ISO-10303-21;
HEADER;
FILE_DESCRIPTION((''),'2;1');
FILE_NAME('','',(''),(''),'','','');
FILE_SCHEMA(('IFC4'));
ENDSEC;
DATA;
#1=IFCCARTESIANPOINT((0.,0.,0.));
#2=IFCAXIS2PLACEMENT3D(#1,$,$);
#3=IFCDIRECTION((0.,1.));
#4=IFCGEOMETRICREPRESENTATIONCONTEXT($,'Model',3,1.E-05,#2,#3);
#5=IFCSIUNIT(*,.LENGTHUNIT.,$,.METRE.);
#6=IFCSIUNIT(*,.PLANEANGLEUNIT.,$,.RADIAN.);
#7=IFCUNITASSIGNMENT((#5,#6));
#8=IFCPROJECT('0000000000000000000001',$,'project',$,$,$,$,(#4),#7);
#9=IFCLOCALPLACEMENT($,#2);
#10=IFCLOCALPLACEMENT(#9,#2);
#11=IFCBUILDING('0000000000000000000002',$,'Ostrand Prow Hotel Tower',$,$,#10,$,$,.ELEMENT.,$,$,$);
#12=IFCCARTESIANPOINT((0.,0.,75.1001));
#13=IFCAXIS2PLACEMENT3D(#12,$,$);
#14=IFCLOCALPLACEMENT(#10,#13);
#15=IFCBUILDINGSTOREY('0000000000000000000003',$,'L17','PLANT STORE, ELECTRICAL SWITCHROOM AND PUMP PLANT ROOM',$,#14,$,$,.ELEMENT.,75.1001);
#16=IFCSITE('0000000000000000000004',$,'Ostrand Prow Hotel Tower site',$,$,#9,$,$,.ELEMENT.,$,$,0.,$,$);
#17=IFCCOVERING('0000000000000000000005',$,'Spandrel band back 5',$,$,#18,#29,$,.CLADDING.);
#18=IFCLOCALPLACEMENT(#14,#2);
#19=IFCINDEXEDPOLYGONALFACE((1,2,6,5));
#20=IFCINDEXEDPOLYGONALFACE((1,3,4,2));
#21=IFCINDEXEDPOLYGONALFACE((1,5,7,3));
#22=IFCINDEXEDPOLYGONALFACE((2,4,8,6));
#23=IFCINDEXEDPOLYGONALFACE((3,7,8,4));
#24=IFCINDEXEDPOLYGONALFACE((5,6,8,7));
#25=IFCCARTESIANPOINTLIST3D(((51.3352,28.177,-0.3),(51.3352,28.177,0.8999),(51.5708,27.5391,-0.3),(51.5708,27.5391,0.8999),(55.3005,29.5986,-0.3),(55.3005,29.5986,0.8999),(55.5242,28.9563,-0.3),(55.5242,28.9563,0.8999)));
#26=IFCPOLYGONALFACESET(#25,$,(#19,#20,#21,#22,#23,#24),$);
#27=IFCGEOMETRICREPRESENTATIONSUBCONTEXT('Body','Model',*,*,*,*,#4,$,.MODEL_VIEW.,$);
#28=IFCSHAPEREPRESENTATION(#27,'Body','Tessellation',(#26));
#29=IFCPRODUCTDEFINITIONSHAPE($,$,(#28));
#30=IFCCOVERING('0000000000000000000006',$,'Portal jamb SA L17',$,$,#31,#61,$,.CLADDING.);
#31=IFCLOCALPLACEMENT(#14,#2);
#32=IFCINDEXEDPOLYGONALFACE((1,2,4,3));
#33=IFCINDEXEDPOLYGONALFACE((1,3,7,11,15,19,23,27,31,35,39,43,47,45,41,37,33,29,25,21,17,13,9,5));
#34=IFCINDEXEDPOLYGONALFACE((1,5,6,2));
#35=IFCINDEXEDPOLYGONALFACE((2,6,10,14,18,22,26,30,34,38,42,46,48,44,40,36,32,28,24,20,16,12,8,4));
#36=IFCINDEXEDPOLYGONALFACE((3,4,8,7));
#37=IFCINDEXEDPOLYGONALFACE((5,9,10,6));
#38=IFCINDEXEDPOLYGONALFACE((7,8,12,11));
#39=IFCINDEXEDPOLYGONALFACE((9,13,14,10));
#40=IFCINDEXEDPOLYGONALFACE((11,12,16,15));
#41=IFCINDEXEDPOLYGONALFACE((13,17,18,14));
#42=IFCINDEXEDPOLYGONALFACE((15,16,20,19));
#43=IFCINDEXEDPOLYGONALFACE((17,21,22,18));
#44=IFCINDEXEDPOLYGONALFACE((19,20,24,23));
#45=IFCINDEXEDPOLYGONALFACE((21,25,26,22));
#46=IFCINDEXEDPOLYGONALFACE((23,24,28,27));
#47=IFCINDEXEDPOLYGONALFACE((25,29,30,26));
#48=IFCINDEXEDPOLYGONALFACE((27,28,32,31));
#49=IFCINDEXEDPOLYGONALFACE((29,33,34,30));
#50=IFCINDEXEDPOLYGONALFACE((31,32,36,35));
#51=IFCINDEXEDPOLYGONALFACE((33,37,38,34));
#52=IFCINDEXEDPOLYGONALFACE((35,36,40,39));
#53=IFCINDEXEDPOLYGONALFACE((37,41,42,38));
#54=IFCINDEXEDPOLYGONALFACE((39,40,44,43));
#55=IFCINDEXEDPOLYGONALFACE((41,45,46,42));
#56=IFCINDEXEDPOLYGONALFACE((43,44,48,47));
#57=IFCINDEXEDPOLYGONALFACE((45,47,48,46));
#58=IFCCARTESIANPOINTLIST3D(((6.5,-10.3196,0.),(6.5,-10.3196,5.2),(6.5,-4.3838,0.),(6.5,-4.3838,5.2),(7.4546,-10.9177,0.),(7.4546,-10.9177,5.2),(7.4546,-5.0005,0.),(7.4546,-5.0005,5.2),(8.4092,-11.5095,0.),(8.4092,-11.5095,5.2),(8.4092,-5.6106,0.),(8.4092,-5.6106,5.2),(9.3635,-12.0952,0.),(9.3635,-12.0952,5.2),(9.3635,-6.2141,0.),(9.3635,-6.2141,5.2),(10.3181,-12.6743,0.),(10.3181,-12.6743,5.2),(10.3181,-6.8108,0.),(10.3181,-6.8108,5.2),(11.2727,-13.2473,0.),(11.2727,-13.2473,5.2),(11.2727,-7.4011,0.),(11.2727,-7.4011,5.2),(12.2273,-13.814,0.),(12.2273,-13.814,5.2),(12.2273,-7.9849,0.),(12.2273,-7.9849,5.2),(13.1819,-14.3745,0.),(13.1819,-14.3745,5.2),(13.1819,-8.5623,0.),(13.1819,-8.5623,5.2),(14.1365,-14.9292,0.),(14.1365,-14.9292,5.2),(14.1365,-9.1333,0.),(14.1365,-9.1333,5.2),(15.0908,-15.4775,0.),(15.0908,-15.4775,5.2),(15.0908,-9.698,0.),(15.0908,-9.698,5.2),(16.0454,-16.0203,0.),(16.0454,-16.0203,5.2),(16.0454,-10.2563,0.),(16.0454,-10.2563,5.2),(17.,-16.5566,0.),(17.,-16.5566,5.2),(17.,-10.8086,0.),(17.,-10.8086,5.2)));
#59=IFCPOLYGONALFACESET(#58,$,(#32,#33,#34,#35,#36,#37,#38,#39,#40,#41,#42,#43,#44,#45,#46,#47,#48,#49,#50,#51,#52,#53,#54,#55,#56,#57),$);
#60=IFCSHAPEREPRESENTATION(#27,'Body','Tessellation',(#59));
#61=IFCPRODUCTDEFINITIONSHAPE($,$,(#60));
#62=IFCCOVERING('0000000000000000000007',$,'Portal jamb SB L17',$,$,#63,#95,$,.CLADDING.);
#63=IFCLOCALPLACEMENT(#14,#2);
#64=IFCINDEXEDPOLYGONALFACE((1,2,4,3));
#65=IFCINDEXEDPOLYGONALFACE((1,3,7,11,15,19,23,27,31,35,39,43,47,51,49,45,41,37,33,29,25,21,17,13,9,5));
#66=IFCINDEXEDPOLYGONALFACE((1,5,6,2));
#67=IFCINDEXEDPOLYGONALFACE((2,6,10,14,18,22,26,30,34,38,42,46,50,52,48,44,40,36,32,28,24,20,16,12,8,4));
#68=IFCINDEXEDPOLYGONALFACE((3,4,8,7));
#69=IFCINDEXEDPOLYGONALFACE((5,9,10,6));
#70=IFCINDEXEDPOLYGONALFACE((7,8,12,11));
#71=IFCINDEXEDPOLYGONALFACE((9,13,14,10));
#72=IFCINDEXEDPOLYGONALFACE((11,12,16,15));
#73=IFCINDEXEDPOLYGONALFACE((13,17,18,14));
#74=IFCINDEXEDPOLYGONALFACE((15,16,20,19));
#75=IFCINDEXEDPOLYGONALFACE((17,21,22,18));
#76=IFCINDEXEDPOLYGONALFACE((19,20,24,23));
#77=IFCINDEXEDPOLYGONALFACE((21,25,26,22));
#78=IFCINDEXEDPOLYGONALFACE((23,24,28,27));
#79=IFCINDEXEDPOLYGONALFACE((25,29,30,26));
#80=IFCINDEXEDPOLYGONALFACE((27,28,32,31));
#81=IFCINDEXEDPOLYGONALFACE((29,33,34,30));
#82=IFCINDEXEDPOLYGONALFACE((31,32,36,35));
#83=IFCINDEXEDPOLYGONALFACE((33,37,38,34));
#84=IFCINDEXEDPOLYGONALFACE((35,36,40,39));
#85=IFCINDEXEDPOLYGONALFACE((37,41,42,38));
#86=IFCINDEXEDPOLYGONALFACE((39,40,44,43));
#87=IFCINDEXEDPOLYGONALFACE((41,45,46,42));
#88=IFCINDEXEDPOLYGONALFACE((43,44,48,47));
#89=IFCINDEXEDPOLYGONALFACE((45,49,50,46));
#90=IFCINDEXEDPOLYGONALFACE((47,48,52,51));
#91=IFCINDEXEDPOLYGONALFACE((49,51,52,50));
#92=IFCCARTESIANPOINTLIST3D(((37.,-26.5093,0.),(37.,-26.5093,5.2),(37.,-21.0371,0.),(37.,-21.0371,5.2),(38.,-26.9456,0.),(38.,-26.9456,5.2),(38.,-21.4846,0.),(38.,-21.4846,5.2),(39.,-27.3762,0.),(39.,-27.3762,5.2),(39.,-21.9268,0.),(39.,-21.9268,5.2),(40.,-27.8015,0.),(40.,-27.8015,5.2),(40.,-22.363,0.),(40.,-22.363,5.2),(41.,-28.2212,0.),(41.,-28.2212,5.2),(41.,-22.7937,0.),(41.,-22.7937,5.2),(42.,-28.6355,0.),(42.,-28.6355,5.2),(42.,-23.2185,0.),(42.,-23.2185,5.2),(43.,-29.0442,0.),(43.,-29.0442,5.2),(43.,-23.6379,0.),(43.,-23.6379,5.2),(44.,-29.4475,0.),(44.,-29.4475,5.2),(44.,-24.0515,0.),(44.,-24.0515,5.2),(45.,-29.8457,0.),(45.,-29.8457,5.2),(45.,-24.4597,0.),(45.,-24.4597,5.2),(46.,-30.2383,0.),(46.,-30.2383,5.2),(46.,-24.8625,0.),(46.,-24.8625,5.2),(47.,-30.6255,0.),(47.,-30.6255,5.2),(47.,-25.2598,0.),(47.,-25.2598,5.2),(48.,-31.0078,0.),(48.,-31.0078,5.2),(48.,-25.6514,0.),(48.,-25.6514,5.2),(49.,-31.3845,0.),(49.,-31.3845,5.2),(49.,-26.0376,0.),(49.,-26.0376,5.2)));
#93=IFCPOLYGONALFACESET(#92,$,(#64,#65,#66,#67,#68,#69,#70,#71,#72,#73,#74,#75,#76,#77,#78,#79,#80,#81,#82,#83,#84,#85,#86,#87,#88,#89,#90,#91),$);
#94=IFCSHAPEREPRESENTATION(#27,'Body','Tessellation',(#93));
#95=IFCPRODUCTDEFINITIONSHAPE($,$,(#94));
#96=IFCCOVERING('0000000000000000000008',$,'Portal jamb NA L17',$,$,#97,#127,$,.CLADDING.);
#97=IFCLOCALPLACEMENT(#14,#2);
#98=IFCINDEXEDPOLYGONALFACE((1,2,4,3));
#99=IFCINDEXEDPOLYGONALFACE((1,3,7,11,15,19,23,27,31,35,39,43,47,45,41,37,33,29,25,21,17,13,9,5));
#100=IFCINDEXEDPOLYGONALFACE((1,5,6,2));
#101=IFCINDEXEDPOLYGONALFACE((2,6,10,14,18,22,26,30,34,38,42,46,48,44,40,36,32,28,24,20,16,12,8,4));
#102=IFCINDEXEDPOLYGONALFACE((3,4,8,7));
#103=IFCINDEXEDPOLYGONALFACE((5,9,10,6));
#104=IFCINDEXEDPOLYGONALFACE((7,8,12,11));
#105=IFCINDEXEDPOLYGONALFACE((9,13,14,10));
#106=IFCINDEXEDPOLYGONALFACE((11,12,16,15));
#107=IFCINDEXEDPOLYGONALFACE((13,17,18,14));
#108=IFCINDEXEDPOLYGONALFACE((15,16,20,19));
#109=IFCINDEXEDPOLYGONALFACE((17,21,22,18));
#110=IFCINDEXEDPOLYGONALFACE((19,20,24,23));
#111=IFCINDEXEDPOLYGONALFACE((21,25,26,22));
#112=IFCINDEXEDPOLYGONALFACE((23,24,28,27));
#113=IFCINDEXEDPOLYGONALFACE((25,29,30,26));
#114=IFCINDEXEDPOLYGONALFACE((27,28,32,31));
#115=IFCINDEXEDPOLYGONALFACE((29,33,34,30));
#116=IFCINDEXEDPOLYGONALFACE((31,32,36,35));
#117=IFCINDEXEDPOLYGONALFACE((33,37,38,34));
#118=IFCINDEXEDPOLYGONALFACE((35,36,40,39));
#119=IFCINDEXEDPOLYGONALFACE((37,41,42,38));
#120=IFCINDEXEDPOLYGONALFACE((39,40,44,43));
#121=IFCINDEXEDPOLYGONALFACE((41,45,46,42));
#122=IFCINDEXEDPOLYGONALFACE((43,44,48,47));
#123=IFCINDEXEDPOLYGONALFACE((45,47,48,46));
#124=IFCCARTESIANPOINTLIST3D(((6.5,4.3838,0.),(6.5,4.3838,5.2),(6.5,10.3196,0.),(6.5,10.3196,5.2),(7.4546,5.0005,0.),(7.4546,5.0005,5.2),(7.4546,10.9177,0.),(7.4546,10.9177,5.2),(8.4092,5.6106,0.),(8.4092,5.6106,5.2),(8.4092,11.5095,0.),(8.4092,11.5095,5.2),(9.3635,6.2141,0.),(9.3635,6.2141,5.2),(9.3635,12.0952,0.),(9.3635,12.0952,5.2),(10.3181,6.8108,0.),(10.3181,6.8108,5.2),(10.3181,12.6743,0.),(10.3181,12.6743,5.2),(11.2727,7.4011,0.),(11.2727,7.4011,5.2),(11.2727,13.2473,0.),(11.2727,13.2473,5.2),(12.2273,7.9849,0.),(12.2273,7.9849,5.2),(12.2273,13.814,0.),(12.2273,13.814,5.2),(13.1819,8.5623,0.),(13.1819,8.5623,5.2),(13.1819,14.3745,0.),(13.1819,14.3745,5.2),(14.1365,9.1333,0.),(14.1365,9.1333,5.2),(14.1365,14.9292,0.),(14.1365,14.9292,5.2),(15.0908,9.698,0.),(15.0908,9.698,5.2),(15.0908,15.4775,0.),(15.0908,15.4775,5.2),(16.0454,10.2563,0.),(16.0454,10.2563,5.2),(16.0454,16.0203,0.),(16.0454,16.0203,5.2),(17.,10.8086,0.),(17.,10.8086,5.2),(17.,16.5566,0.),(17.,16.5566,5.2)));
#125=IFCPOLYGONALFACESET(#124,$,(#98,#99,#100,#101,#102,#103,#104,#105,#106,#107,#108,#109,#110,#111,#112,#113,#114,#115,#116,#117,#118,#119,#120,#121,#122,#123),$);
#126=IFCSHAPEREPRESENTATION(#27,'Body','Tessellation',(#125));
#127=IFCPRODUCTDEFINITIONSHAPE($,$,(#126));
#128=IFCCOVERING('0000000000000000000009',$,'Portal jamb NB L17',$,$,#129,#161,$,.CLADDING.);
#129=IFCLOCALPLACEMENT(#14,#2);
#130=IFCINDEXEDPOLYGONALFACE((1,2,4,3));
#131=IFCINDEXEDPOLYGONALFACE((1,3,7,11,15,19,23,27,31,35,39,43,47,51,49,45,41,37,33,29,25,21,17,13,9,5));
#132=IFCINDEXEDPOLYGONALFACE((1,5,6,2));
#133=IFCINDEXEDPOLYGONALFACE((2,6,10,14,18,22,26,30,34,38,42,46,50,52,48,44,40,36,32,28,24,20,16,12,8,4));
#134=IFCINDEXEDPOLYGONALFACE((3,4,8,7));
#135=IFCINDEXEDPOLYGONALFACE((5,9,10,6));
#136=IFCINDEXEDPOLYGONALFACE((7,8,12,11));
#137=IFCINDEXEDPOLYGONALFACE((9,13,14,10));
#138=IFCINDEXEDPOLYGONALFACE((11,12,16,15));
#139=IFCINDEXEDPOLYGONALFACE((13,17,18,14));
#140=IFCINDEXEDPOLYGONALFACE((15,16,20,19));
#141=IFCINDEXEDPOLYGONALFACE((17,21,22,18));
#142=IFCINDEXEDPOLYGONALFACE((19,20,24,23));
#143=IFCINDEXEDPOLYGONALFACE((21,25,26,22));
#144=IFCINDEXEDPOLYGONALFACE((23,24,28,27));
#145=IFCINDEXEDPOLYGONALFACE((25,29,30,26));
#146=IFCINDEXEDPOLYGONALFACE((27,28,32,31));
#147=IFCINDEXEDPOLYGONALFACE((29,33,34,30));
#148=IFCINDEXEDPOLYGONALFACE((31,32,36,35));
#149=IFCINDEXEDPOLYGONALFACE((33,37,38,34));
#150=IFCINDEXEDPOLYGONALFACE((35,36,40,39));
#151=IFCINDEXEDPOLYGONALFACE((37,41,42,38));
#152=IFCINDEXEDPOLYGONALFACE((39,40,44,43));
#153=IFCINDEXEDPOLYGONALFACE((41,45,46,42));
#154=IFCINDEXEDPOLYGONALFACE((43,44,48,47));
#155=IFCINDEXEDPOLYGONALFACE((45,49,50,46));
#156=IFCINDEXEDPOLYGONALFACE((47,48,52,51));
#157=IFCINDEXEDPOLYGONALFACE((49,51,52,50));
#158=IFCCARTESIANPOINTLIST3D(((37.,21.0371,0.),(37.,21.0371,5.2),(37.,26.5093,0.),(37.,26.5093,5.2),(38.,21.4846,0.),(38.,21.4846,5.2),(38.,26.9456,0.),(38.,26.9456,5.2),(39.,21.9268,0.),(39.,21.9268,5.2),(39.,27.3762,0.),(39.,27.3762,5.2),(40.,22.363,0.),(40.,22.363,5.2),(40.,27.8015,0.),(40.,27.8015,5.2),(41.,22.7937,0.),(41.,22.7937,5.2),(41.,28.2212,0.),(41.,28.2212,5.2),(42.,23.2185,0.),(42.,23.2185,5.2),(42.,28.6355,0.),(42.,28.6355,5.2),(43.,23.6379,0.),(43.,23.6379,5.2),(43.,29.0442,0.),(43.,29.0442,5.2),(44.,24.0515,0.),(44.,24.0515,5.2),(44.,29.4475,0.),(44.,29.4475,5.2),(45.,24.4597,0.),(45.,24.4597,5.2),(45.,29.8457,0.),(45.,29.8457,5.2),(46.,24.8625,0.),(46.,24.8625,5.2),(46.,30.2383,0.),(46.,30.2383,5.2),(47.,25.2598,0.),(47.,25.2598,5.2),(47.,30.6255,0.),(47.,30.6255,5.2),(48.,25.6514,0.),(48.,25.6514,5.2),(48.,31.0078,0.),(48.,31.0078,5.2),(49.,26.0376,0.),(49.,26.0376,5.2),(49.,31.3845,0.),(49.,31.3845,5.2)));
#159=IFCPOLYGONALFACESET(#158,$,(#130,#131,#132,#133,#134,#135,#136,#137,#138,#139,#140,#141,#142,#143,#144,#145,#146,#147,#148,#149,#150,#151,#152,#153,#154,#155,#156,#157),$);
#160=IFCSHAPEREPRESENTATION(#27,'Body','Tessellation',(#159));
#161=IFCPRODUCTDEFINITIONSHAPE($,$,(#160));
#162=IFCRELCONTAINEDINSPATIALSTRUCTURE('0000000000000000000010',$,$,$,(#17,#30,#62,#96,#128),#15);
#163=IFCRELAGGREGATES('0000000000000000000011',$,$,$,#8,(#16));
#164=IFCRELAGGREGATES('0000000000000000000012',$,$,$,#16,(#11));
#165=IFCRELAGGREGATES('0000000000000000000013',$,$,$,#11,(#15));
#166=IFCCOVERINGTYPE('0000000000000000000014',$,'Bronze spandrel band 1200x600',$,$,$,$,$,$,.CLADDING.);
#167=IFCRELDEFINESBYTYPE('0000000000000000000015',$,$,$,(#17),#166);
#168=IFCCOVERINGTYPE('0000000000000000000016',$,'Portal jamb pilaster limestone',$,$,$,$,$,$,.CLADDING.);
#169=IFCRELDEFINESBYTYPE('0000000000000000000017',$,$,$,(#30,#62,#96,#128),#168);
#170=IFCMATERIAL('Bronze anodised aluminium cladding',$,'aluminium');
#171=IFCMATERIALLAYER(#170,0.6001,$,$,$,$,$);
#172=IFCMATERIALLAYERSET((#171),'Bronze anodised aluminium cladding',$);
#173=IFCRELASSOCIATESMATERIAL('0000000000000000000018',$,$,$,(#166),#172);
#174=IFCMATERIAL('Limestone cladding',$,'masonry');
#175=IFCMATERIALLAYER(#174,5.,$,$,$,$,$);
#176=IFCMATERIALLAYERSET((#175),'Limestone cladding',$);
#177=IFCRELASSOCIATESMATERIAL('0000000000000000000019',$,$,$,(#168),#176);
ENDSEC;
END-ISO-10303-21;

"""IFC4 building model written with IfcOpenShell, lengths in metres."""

from ifc_helpers import new_model, si_unit, direction, frame, origin, place, context, subcontext, project, spatial, polyline, outline, extrude, material, layer, layer_set, type_object, element, save


model = new_model("IFC4")

# Units and contexts
model_context = context("Model", 3, precision=1e-05, world=origin(), true_north=direction((0.0, 1.0)))
body_context = subcontext(model_context, "Body", "Model", "MODEL_VIEW")
ifc_project = project(units=[si_unit("LENGTHUNIT", "METRE"), si_unit("PLANEANGLEUNIT", "RADIAN")], contexts=[model_context])

# Site, building, storey
site_placement = place(None, origin())
site = spatial("IfcSite", under=ifc_project, at=site_placement, Name="Ostrand Prow Hotel Tower site", CompositionType="ELEMENT", RefElevation=0.0)
building_placement = place(site_placement, origin())
building = spatial("IfcBuilding", under=site, at=building_placement, Name="Ostrand Prow Hotel Tower", CompositionType="ELEMENT")
storey_placement = place(building_placement, frame((0.0, 0.0, 75.1001)))
storey = spatial("IfcBuildingStorey", under=building, at=storey_placement, Name="L17", Description="PLANT STORE, ELECTRICAL SWITCHROOM AND PUMP PLANT ROOM", CompositionType="ELEMENT", Elevation=75.1001)

# Coverings
ifc_material_1 = material(Name="Bronze anodised aluminium cladding", Category="aluminium")
ifc_layer_1 = layer(ifc_material_1, 0.6001)
ifc_layer_set_1 = layer_set([ifc_layer_1], Name="Bronze anodised aluminium cladding")
covering_type_1 = type_object("IfcCoveringType", Name="Bronze spandrel band 1200x600", PredefinedType="CLADDING", material=ifc_layer_set_1)
covering_1_placement = place(storey_placement, frame((0.0, 0.0, -0.3)))
element("IfcCovering", 1, at=covering_1_placement, inside=storey, type_object=covering_type_1, Name="Spandrel band back 5", PredefinedType="CLADDING", context=body_context, shape_type="SweptSolid", body=[
    extrude(outline(polyline([(55.3005, 29.5986), (51.3352, 28.177), (51.5708, 27.5391), (55.5242, 28.9563), (55.3005, 29.5986)])), origin(), (0.0, 0.0, 1.0), 1.2),
])
ifc_material_2 = material(Name="Limestone cladding", Category="masonry")
ifc_layer_2 = layer(ifc_material_2, 5.0)
ifc_layer_set_2 = layer_set([ifc_layer_2], Name="Limestone cladding")
covering_type_2 = type_object("IfcCoveringType", Name="Portal jamb pilaster limestone", PredefinedType="CLADDING", material=ifc_layer_set_2)
covering_2_placement = place(storey_placement, origin())
element("IfcCovering", 2, at=covering_2_placement, inside=storey, type_object=covering_type_2, Name="Portal jamb SA L17", PredefinedType="CLADDING", context=body_context, shape_type="SweptSolid", body=[
    extrude(outline(polyline([(6.5, -4.3838), (6.5, -10.3196), (7.4546, -10.9177), (8.4092, -11.5095), (9.3635, -12.0952), (10.3181, -12.6743), (11.2727, -13.2473), (12.2273, -13.814), (13.1819, -14.3745), (14.1365, -14.9292), (15.0908, -15.4775), (16.0454, -16.0203), (17.0, -16.5566), (17.0, -10.8086), (16.0454, -10.2563), (15.0908, -9.698), (14.1365, -9.1333), (13.1819, -8.5623), (12.2273, -7.9849), (11.2727, -7.4011), (10.3181, -6.8108), (9.3635, -6.2141), (8.4092, -5.6106), (7.4546, -5.0005), (6.5, -4.3838)])), origin(), (0.0, 0.0, 1.0), 5.2),
])
covering_3_placement = place(storey_placement, origin())
element("IfcCovering", 3, at=covering_3_placement, inside=storey, type_object=covering_type_2, Name="Portal jamb SB L17", PredefinedType="CLADDING", context=body_context, shape_type="SweptSolid", body=[
    extrude(outline(polyline([(37.0, -21.0371), (37.0, -26.5093), (38.0, -26.9456), (39.0, -27.3762), (40.0, -27.8015), (41.0, -28.2212), (42.0, -28.6355), (43.0, -29.0442), (44.0, -29.4475), (45.0, -29.8457), (46.0, -30.2383), (47.0, -30.6255), (48.0, -31.0078), (49.0, -31.3845), (49.0, -26.0376), (48.0, -25.6514), (47.0, -25.2598), (46.0, -24.8625), (45.0, -24.4597), (44.0, -24.0515), (43.0, -23.6379), (42.0, -23.2185), (41.0, -22.7937), (40.0, -22.363), (39.0, -21.9268), (38.0, -21.4846), (37.0, -21.0371)])), origin(), (0.0, 0.0, 1.0), 5.2),
])
covering_4_placement = place(storey_placement, origin())
element("IfcCovering", 4, at=covering_4_placement, inside=storey, type_object=covering_type_2, Name="Portal jamb NA L17", PredefinedType="CLADDING", context=body_context, shape_type="SweptSolid", body=[
    extrude(outline(polyline([(6.5, 4.3838), (7.4546, 5.0005), (8.4092, 5.6106), (9.3635, 6.2141), (10.3181, 6.8108), (11.2727, 7.4011), (12.2273, 7.9849), (13.1819, 8.5623), (14.1365, 9.1333), (15.0908, 9.698), (16.0454, 10.2563), (17.0, 10.8086), (17.0, 16.5566), (16.0454, 16.0203), (15.0908, 15.4775), (14.1365, 14.9292), (13.1819, 14.3745), (12.2273, 13.814), (11.2727, 13.2473), (10.3181, 12.6743), (9.3635, 12.0952), (8.4092, 11.5095), (7.4546, 10.9177), (6.5, 10.3196), (6.5, 4.3838)])), origin(), (0.0, 0.0, 1.0), 5.2),
])
covering_5_placement = place(storey_placement, origin())
element("IfcCovering", 5, at=covering_5_placement, inside=storey, type_object=covering_type_2, Name="Portal jamb NB L17", PredefinedType="CLADDING", context=body_context, shape_type="SweptSolid", body=[
    extrude(outline(polyline([(37.0, 21.0371), (38.0, 21.4846), (39.0, 21.9268), (40.0, 22.363), (41.0, 22.7937), (42.0, 23.2185), (43.0, 23.6379), (44.0, 24.0515), (45.0, 24.4597), (46.0, 24.8625), (47.0, 25.2598), (48.0, 25.6514), (49.0, 26.0376), (49.0, 31.3845), (48.0, 31.0078), (47.0, 30.6255), (46.0, 30.2383), (45.0, 29.8457), (44.0, 29.4475), (43.0, 29.0442), (42.0, 28.6355), (41.0, 28.2212), (40.0, 27.8015), (39.0, 27.3762), (38.0, 26.9456), (37.0, 26.5093), (37.0, 21.0371)])), origin(), (0.0, 0.0, 1.0), 5.2),
])

save(model, "model.ifc")
